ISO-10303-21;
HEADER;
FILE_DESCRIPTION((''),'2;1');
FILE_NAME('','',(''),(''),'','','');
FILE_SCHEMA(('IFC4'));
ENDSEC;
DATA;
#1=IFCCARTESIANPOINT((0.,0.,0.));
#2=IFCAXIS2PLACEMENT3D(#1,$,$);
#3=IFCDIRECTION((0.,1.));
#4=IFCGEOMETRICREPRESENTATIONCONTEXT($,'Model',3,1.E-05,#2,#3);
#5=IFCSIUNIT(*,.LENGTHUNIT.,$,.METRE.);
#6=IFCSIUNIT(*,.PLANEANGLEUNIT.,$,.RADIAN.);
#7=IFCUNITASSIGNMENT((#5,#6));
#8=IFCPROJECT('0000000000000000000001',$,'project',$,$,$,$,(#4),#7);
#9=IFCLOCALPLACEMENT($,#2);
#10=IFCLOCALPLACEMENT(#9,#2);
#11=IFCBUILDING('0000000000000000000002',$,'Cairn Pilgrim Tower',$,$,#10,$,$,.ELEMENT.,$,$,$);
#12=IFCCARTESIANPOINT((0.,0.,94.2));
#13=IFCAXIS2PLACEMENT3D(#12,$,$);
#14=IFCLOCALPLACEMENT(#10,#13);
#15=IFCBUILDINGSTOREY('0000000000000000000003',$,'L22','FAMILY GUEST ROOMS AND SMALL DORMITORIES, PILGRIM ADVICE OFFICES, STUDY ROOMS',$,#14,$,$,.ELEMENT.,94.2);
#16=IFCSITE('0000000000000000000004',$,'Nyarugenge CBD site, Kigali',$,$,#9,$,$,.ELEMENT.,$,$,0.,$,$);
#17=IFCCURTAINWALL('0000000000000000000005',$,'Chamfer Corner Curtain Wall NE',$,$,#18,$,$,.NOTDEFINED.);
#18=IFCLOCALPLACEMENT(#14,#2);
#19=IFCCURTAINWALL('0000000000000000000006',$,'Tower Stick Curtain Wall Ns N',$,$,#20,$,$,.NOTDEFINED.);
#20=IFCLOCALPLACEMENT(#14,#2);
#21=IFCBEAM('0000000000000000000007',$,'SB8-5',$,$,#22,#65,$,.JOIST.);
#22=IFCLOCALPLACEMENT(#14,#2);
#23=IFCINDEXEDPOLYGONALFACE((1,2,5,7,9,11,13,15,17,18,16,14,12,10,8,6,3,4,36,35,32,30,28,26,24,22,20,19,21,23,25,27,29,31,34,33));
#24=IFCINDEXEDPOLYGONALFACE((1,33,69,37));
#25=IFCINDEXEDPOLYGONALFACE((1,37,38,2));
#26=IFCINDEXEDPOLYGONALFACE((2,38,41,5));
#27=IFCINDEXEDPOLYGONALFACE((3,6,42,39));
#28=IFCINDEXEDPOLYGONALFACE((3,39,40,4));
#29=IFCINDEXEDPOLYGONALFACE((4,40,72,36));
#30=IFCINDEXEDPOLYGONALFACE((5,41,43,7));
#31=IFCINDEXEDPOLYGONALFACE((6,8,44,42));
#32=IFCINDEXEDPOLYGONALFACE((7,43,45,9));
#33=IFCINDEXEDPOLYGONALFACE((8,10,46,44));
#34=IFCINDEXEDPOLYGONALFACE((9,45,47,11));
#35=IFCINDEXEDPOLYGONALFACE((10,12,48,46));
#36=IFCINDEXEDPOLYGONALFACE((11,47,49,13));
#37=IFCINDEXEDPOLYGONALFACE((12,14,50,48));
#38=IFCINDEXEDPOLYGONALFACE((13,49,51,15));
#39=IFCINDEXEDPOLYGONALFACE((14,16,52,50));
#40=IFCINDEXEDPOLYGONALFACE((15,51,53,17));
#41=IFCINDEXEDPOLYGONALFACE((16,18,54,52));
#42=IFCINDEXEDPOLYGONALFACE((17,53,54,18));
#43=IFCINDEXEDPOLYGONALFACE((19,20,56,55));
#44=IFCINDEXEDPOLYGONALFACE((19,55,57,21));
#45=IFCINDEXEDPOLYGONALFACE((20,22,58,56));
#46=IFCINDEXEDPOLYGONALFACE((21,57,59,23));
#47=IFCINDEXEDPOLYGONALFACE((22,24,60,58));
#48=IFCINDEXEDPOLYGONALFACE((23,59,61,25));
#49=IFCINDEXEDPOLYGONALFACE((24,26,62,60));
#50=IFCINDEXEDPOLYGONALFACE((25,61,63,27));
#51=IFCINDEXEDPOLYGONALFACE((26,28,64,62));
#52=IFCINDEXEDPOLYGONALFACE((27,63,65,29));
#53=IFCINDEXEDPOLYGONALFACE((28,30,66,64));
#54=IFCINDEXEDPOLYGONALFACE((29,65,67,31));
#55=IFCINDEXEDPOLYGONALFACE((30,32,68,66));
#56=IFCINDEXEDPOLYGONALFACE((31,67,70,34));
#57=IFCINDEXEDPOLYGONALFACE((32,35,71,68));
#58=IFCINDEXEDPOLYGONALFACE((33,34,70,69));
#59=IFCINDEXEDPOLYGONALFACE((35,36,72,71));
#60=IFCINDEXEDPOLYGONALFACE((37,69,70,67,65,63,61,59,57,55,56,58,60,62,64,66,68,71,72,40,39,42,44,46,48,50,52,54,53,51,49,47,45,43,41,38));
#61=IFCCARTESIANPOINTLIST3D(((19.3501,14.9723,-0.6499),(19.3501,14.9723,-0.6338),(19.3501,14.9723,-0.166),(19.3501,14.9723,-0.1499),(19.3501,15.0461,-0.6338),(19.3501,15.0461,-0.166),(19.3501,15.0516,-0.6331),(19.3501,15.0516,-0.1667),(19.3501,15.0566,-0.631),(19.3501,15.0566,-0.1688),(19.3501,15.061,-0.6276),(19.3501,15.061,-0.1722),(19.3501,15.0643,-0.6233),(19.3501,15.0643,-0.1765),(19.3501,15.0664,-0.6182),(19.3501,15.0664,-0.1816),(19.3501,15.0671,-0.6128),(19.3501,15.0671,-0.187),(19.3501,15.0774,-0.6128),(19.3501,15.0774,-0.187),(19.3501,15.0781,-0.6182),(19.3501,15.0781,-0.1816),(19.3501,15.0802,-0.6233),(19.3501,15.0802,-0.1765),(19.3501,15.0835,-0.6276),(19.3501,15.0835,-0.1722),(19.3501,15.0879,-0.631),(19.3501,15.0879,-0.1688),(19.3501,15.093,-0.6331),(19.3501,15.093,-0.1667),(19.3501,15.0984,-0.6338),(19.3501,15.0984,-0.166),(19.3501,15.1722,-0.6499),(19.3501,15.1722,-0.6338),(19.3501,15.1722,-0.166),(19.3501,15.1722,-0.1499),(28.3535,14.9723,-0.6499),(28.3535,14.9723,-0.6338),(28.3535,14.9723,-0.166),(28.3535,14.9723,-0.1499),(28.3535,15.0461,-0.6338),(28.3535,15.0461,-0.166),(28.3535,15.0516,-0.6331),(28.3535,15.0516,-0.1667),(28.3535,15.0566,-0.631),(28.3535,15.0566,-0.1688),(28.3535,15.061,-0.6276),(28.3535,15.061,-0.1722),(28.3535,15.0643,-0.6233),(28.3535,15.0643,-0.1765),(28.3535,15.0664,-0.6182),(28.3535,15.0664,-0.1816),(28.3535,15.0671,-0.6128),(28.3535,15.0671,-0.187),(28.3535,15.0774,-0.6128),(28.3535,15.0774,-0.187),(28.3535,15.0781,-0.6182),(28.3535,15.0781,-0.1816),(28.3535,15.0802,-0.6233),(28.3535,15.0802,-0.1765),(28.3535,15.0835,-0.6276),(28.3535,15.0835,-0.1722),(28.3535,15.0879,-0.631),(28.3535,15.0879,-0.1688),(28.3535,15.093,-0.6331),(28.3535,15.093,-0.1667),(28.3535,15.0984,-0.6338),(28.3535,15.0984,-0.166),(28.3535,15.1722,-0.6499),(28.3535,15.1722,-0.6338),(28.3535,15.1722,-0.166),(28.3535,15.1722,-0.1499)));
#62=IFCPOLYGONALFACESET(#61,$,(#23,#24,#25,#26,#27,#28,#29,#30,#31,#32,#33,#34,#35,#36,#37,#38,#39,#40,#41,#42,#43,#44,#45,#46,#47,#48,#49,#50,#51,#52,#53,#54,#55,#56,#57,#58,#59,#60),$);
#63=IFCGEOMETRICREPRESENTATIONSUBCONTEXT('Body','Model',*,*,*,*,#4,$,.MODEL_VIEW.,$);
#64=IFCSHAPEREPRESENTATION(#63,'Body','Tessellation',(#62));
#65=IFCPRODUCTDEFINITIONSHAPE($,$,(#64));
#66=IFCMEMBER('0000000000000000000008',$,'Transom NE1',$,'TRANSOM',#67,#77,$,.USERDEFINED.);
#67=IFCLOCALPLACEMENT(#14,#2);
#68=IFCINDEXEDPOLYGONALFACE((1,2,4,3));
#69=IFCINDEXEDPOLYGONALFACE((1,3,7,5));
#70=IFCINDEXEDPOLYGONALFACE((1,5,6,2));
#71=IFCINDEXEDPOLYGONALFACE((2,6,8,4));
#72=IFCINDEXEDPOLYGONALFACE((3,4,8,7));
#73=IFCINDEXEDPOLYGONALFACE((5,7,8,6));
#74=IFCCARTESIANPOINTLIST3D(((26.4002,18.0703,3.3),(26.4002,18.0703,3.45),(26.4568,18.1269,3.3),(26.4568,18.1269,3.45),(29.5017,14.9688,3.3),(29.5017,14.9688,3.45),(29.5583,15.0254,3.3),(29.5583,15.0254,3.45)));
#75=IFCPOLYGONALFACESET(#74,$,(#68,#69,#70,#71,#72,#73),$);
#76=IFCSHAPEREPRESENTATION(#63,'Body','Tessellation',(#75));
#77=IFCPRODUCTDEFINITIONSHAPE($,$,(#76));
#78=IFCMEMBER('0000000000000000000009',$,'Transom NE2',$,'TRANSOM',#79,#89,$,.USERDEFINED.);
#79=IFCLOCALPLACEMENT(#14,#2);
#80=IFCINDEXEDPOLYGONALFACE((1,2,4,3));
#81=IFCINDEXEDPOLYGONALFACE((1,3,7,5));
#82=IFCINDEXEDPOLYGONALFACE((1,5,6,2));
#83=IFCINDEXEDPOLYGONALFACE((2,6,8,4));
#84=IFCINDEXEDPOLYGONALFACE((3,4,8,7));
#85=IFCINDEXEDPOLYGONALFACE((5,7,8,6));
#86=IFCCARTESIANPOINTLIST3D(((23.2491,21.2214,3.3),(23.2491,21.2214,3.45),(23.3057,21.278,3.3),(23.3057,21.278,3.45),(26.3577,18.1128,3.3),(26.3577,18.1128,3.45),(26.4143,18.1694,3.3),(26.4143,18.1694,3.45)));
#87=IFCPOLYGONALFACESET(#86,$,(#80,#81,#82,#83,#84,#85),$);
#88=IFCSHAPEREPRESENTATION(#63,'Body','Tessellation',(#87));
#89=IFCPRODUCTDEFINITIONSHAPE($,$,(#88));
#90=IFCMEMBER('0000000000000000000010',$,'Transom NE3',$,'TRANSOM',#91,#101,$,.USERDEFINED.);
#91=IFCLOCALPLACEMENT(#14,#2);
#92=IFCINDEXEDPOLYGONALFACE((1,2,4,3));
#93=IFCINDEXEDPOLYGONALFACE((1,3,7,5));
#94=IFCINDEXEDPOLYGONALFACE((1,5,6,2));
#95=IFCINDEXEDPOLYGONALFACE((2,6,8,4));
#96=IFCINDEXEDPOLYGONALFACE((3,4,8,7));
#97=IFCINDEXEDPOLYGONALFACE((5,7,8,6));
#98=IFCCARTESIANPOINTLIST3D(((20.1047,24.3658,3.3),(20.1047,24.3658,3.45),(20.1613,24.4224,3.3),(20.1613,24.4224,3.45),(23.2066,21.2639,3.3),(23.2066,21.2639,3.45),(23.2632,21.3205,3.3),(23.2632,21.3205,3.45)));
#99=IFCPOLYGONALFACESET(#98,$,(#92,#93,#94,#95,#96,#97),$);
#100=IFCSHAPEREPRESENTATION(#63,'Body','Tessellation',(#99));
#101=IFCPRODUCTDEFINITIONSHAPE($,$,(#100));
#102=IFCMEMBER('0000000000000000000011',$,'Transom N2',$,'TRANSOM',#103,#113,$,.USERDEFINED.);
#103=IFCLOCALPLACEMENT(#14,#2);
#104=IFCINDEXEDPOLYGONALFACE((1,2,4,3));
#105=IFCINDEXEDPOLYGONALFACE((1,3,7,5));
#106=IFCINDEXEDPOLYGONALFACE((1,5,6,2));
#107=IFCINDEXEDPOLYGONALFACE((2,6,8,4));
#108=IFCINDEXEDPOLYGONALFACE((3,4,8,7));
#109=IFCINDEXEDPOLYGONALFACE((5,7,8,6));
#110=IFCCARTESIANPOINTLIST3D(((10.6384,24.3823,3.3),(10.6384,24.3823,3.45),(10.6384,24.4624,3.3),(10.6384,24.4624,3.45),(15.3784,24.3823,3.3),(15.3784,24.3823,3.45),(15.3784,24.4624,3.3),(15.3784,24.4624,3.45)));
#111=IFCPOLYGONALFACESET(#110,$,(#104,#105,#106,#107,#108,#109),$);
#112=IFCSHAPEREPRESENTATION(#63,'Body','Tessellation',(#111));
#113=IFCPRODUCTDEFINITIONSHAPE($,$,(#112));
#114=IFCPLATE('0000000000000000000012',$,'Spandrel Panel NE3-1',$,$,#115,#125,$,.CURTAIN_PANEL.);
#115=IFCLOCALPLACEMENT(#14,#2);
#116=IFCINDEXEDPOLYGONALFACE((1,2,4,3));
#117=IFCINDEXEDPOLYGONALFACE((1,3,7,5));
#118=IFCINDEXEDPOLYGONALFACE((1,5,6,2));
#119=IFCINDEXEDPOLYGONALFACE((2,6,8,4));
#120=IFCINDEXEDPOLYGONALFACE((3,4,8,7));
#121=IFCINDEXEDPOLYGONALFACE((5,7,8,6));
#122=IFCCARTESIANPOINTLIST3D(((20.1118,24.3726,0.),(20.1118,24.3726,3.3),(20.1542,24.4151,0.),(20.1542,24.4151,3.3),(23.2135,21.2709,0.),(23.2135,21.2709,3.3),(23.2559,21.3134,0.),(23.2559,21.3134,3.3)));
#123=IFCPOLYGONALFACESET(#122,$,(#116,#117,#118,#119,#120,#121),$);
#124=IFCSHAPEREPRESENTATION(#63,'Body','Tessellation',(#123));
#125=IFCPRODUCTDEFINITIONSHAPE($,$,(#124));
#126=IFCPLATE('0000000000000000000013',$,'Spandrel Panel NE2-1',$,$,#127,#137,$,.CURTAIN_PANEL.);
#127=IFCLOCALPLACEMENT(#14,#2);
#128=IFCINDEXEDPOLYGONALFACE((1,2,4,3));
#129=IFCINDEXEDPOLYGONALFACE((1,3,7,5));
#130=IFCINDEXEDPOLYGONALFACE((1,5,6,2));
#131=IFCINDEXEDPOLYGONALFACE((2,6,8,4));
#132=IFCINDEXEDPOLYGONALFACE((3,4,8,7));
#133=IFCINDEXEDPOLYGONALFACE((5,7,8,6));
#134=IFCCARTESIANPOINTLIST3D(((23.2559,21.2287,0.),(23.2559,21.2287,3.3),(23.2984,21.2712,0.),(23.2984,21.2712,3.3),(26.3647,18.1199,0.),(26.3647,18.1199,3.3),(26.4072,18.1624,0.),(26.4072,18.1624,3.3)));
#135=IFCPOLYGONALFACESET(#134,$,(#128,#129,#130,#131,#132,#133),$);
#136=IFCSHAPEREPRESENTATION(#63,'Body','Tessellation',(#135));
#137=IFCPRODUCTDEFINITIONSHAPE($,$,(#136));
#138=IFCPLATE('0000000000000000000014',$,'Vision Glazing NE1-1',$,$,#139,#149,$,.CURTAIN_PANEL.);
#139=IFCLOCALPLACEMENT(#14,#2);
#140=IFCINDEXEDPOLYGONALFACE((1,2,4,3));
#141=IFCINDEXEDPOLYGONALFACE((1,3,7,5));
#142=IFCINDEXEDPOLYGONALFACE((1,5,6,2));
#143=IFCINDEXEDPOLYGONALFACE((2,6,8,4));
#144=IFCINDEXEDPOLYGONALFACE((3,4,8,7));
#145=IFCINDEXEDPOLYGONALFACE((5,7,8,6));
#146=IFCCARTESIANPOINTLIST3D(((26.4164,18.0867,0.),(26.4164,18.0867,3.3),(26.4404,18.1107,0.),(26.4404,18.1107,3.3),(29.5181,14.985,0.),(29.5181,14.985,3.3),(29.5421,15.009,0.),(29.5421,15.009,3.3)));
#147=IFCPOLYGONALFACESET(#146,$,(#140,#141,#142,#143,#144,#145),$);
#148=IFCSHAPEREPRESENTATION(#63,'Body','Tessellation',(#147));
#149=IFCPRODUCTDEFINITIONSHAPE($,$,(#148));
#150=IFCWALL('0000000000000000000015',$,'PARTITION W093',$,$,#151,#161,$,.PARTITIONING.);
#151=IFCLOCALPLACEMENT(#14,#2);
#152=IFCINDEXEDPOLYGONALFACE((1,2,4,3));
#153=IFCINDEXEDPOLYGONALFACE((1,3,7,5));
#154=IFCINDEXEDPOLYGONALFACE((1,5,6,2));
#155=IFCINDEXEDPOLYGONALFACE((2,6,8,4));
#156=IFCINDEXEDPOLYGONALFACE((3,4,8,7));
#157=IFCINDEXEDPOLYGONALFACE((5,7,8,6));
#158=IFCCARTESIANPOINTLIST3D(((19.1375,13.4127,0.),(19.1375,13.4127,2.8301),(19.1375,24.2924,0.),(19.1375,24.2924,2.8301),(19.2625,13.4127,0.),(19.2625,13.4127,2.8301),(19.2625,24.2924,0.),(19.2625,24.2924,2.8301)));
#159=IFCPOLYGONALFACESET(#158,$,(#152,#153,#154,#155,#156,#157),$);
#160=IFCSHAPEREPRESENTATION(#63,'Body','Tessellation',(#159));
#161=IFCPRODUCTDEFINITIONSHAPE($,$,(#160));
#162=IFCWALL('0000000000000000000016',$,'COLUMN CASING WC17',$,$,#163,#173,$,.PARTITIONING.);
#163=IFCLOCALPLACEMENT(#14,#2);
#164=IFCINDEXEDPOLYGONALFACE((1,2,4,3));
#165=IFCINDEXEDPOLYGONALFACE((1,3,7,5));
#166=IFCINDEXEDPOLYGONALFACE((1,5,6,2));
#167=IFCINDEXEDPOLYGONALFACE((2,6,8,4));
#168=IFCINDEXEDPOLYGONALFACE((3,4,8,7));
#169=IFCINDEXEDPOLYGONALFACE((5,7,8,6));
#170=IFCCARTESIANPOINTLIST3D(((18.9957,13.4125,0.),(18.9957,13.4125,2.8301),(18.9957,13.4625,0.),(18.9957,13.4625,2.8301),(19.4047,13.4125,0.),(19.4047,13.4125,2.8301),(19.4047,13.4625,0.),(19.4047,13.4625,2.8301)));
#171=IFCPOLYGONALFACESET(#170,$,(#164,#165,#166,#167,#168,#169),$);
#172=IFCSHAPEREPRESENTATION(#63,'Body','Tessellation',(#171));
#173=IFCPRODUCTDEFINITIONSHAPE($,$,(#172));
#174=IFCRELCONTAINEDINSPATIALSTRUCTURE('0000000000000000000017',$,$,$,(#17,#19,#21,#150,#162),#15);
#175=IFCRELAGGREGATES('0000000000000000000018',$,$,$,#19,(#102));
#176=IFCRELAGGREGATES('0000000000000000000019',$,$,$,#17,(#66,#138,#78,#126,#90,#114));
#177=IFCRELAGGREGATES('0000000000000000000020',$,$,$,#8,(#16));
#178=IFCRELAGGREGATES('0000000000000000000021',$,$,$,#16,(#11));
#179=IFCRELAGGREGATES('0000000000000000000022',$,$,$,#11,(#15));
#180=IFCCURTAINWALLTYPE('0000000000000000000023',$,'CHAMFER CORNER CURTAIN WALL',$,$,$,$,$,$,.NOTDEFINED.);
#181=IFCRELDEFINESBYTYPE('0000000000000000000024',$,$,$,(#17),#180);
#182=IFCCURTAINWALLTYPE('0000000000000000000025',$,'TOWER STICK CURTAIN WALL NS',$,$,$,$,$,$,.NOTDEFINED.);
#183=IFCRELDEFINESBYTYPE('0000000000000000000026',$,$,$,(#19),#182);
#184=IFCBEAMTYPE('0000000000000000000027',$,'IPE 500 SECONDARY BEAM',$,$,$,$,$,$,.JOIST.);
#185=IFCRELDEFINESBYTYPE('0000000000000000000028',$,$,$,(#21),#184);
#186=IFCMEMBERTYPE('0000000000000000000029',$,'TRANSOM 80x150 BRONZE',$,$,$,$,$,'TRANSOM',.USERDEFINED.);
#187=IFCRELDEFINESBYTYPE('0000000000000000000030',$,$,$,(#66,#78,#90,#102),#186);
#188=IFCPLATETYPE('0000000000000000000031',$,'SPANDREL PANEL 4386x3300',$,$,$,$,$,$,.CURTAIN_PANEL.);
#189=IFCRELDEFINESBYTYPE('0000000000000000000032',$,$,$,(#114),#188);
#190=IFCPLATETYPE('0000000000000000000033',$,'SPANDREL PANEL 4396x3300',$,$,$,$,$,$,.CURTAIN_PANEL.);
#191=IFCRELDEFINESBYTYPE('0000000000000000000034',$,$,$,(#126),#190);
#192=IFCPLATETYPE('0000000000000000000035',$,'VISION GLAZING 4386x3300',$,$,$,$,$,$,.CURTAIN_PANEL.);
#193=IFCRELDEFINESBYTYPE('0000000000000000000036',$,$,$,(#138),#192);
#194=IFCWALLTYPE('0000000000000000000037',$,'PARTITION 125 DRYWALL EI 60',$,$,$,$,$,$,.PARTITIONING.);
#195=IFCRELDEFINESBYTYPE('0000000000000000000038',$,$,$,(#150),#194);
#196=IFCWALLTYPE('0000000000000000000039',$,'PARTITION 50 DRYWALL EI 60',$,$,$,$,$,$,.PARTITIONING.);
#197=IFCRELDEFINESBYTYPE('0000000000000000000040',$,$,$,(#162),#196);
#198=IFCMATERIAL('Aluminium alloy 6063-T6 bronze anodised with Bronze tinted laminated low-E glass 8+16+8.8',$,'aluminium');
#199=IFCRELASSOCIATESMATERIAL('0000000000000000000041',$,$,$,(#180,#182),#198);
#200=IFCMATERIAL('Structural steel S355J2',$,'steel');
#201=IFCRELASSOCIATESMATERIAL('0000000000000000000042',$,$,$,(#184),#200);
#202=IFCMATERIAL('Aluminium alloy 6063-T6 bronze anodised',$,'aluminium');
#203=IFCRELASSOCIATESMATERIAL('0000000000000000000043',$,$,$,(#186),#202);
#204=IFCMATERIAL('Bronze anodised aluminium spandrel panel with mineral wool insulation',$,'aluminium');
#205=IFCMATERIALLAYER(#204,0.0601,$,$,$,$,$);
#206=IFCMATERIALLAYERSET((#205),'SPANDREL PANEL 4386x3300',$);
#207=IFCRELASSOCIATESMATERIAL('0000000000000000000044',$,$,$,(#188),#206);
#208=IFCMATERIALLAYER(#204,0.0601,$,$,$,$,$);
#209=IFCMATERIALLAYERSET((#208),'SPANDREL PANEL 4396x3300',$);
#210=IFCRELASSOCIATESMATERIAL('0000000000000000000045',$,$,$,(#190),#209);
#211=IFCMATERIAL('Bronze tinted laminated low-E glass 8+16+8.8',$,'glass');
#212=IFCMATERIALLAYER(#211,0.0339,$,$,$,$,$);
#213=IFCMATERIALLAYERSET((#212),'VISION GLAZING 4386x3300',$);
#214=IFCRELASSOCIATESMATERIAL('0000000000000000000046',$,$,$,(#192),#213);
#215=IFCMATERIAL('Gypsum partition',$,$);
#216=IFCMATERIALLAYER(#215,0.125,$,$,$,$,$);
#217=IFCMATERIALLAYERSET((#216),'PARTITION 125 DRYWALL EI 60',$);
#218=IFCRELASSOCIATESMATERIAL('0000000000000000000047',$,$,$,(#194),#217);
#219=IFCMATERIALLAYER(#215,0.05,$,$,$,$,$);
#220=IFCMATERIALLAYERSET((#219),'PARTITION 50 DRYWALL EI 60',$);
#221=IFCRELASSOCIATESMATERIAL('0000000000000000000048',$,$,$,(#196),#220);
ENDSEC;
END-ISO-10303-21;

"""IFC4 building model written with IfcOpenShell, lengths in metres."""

from ifc_helpers import new_model, si_unit, direction, frame, frame_2d, origin, origin_2d, place, context, subcontext, project, spatial, rectangle, i_section, extrude, material, layer, layer_set, material_profile, profile_set, type_object, element, aggregate, save


model = new_model("IFC4")

# Units and contexts
model_context = context("Model", 3, precision=1e-05, world=origin(), true_north=direction((0.0, 1.0)))
body_context = subcontext(model_context, "Body", "Model", "MODEL_VIEW")
ifc_project = project(units=[si_unit("LENGTHUNIT", "METRE"), si_unit("PLANEANGLEUNIT", "RADIAN")], contexts=[model_context])

# Site, building, storey
site_placement = place(None, origin())
site = spatial("IfcSite", under=ifc_project, at=site_placement, Name="Nyarugenge CBD site, Kigali", CompositionType="ELEMENT", RefElevation=0.0)
building_placement = place(site_placement, origin())
building = spatial("IfcBuilding", under=site, at=building_placement, Name="Cairn Pilgrim Tower", CompositionType="ELEMENT")
storey_placement = place(building_placement, frame((0.0, 0.0, 94.2)))
storey = spatial("IfcBuildingStorey", under=building, at=storey_placement, Name="L22", Description="FAMILY GUEST ROOMS AND SMALL DORMITORIES, PILGRIM ADVICE OFFICES, STUDY ROOMS", CompositionType="ELEMENT", Elevation=94.2)

# Shared definitions
ifc_material_1 = material(Name="Structural steel S355J2", Category="steel")

# Curtain walls
ifc_material_2 = material(Name="Aluminium alloy 6063-T6 bronze anodised with Bronze tinted laminated low-E glass 8+16+8.8", Category="aluminium")
curtain_wall_type_1 = type_object("IfcCurtainWallType", Name="CHAMFER CORNER CURTAIN WALL", PredefinedType="NOTDEFINED", material=ifc_material_2)
curtain_wall_1_placement = place(storey_placement, origin())
curtain_wall_1 = element("IfcCurtainWall", 1, at=curtain_wall_1_placement, inside=storey, type_object=curtain_wall_type_1, Name="Chamfer Corner Curtain Wall NE", PredefinedType="NOTDEFINED")
ifc_material_3 = material(Name="Aluminium alloy 6063-T6 bronze anodised", Category="aluminium")
curtain_wall_type_2 = type_object("IfcCurtainWallType", Name="TOWER STICK CURTAIN WALL NS", PredefinedType="NOTDEFINED", material=ifc_material_2)
curtain_wall_2_placement = place(storey_placement, origin())
curtain_wall_2 = element("IfcCurtainWall", 2, at=curtain_wall_2_placement, inside=storey, type_object=curtain_wall_type_2, Name="Tower Stick Curtain Wall Ns N", PredefinedType="NOTDEFINED")

# Beam
ifc_material_profile_1 = material_profile(ifc_material_1, i_section(OverallWidth=0.2, OverallDepth=0.5, WebThickness=0.0103, FlangeThickness=0.0161, FilletRadius=0.021, at=origin_2d()), Name="IPE 500")
ifc_profile_set_1 = profile_set([ifc_material_profile_1], Name="Structural steel S355J2")
beam_type_1 = type_object("IfcBeamType", Name="IPE 500 SECONDARY BEAM", PredefinedType="JOIST", material=ifc_profile_set_1)
beam_1_placement = place(storey_placement, frame((19.3501, 15.0723, -0.3999), z_axis=(1.0, 0.0, 0.0), x_axis=(0.0, 1.0, 0.0)))
element("IfcBeam", 3, at=beam_1_placement, inside=storey, type_object=beam_type_1, Name="SB8-5", PredefinedType="JOIST", context=body_context, shape_type="SweptSolid", body=[
    extrude(i_section(OverallWidth=0.2, OverallDepth=0.5, WebThickness=0.0103, FlangeThickness=0.0161, FilletRadius=0.021, at=origin_2d()), origin(), (0.0, 0.0, 1.0), 9.0034),
])

# Members
ifc_material_profile_2 = material_profile(ifc_material_3, rectangle(XDim=0.0801, YDim=0.1499, at=origin_2d()), Name="TRANSOM 80x150 BRONZE")
ifc_profile_set_2 = profile_set([ifc_material_profile_2], Name="Aluminium alloy 6063-T6 bronze anodised")
member_type_1 = type_object("IfcMemberType", Name="TRANSOM 80x150 BRONZE", ElementType="TRANSOM", PredefinedType="USERDEFINED", material=ifc_profile_set_2)
member_1_placement = place(storey_placement, frame((29.53, 14.9971, 3.375), z_axis=(-0.707107, 0.707107, 0.0), x_axis=(-0.707107, -0.707107, 0.0)))
member_1 = element("IfcMember", 4, at=member_1_placement, type_object=member_type_1, Name="Transom NE1", ObjectType="TRANSOM", PredefinedType="USERDEFINED", context=body_context, shape_type="SweptSolid", body=[
    extrude(rectangle(XDim=0.0801, YDim=0.1499, at=origin_2d()), origin(), (0.0, 0.0, 1.0), 4.3862),
])
member_2_placement = place(storey_placement, frame((26.386, 18.1411, 3.375), z_axis=(-0.707107, 0.707107, 0.0), x_axis=(-0.707107, -0.707107, 0.0)))
member_2 = element("IfcMember", 5, at=member_2_placement, type_object=member_type_1, Name="Transom NE2", ObjectType="TRANSOM", PredefinedType="USERDEFINED", context=body_context, shape_type="SweptSolid", body=[
    extrude(rectangle(XDim=0.0801, YDim=0.1499, at=origin_2d()), origin(), (0.0, 0.0, 1.0), 4.3962),
])
member_3_placement = place(storey_placement, frame((23.2349, 21.2922, 3.375), z_axis=(-0.707107, 0.707107, 0.0), x_axis=(-0.707107, -0.707107, 0.0)))
member_3 = element("IfcMember", 6, at=member_3_placement, type_object=member_type_1, Name="Transom NE3", ObjectType="TRANSOM", PredefinedType="USERDEFINED", context=body_context, shape_type="SweptSolid", body=[
    extrude(rectangle(XDim=0.0801, YDim=0.1499, at=origin_2d()), origin(), (0.0, 0.0, 1.0), 4.3867),
])
member_4_placement = place(storey_placement, frame((15.3784, 24.4224, 3.375), z_axis=(-1.0, 0.0, 0.0), x_axis=(0.0, -1.0, 0.0)))
member_4 = element("IfcMember", 7, at=member_4_placement, type_object=member_type_1, Name="Transom N2", ObjectType="TRANSOM", PredefinedType="USERDEFINED", context=body_context, shape_type="SweptSolid", body=[
    extrude(rectangle(XDim=0.0801, YDim=0.1499, at=origin_2d()), origin(), (0.0, 0.0, 1.0), 4.74),
])
aggregate(curtain_wall_2, [member_4])

# Plates
ifc_material_4 = material(Name="Bronze anodised aluminium spandrel panel with mineral wool insulation", Category="aluminium")
ifc_layer_1 = layer(ifc_material_4, 0.0601)
ifc_layer_set_1 = layer_set([ifc_layer_1], Name="SPANDREL PANEL 4386x3300")
plate_type_1 = type_object("IfcPlateType", Name="SPANDREL PANEL 4386x3300", PredefinedType="CURTAIN_PANEL", material=ifc_layer_set_1)
plate_1_placement = place(storey_placement, frame((21.6838, 22.843, 0.0), z_axis=(0.0, 0.0, 1.0), x_axis=(-0.707107, 0.707107, 0.0)))
plate_1 = element("IfcPlate", 8, at=plate_1_placement, type_object=plate_type_1, Name="Spandrel Panel NE3-1", PredefinedType="CURTAIN_PANEL", context=body_context, shape_type="SweptSolid", body=[
    extrude(rectangle(XDim=4.3865, YDim=0.0601, at=origin_2d()), origin(), (0.0, 0.0, 1.0), 3.3),
])
ifc_layer_2 = layer(ifc_material_4, 0.0601)
ifc_layer_set_2 = layer_set([ifc_layer_2], Name="SPANDREL PANEL 4396x3300")
plate_type_2 = type_object("IfcPlateType", Name="SPANDREL PANEL 4396x3300", PredefinedType="CURTAIN_PANEL", material=ifc_layer_set_2)
plate_2_placement = place(storey_placement, frame((24.8315, 19.6956, 0.0), z_axis=(0.0, 0.0, 1.0), x_axis=(-0.707107, 0.707107, 0.0)))
plate_2 = element("IfcPlate", 9, at=plate_2_placement, type_object=plate_type_2, Name="Spandrel Panel NE2-1", PredefinedType="CURTAIN_PANEL", context=body_context, shape_type="SweptSolid", body=[
    extrude(rectangle(XDim=4.3965, YDim=0.0601, at=origin_2d()), origin(), (0.0, 0.0, 1.0), 3.3),
])
ifc_material_5 = material(Name="Bronze tinted laminated low-E glass 8+16+8.8", Category="glass")
ifc_layer_3 = layer(ifc_material_5, 0.0339)
ifc_layer_set_3 = layer_set([ifc_layer_3], Name="VISION GLAZING 4386x3300")
plate_type_3 = type_object("IfcPlateType", Name="VISION GLAZING 4386x3300", PredefinedType="CURTAIN_PANEL", material=ifc_layer_set_3)
plate_3_placement = place(storey_placement, frame((27.9792, 16.5479, 0.0), z_axis=(0.0, 0.0, 1.0), x_axis=(-0.707107, 0.707107, 0.0)))
plate_3 = element("IfcPlate", 10, at=plate_3_placement, type_object=plate_type_3, Name="Vision Glazing NE1-1", PredefinedType="CURTAIN_PANEL", context=body_context, shape_type="SweptSolid", body=[
    extrude(rectangle(XDim=4.3865, YDim=0.0339, at=origin_2d()), origin(), (0.0, 0.0, 1.0), 3.3),
])
aggregate(curtain_wall_1, [member_1, plate_3, member_2, plate_2, member_3, plate_1])

# Walls
ifc_material_6 = material(Name="Gypsum partition")
ifc_layer_4 = layer(ifc_material_6, 0.125)
ifc_layer_set_4 = layer_set([ifc_layer_4], Name="PARTITION 125 DRYWALL EI 60")
wall_type_1 = type_object("IfcWallType", Name="PARTITION 125 DRYWALL EI 60", PredefinedType="PARTITIONING", material=ifc_layer_set_4)
wall_1_placement = place(storey_placement, frame((19.2, 13.4126, 0.0), z_axis=(0.0, 0.0, 1.0), x_axis=(0.0, 1.0, 0.0)))
element("IfcWall", 11, at=wall_1_placement, inside=storey, type_object=wall_type_1, Name="PARTITION W093", PredefinedType="PARTITIONING", context=body_context, shape_type="SweptSolid", body=[
    extrude(rectangle(XDim=10.8796, YDim=0.125, at=frame_2d((5.4399, 0.0))), origin(), (0.0, 0.0, 1.0), 2.8301),
])
ifc_layer_5 = layer(ifc_material_6, 0.05)
ifc_layer_set_5 = layer_set([ifc_layer_5], Name="PARTITION 50 DRYWALL EI 60")
wall_type_2 = type_object("IfcWallType", Name="PARTITION 50 DRYWALL EI 60", PredefinedType="PARTITIONING", material=ifc_layer_set_5)
wall_2_placement = place(storey_placement, frame((18.9956, 13.4375, 0.0), z_axis=(0.0, 0.0, 1.0), x_axis=(1.0, 0.0, 0.0)))
element("IfcWall", 12, at=wall_2_placement, inside=storey, type_object=wall_type_2, Name="COLUMN CASING WC17", PredefinedType="PARTITIONING", context=body_context, shape_type="SweptSolid", body=[
    extrude(rectangle(XDim=0.4089, YDim=0.05, at=frame_2d((0.2046, 0.0))), origin(), (0.0, 0.0, 1.0), 2.8301),
])

save(model, "model.ifc")
